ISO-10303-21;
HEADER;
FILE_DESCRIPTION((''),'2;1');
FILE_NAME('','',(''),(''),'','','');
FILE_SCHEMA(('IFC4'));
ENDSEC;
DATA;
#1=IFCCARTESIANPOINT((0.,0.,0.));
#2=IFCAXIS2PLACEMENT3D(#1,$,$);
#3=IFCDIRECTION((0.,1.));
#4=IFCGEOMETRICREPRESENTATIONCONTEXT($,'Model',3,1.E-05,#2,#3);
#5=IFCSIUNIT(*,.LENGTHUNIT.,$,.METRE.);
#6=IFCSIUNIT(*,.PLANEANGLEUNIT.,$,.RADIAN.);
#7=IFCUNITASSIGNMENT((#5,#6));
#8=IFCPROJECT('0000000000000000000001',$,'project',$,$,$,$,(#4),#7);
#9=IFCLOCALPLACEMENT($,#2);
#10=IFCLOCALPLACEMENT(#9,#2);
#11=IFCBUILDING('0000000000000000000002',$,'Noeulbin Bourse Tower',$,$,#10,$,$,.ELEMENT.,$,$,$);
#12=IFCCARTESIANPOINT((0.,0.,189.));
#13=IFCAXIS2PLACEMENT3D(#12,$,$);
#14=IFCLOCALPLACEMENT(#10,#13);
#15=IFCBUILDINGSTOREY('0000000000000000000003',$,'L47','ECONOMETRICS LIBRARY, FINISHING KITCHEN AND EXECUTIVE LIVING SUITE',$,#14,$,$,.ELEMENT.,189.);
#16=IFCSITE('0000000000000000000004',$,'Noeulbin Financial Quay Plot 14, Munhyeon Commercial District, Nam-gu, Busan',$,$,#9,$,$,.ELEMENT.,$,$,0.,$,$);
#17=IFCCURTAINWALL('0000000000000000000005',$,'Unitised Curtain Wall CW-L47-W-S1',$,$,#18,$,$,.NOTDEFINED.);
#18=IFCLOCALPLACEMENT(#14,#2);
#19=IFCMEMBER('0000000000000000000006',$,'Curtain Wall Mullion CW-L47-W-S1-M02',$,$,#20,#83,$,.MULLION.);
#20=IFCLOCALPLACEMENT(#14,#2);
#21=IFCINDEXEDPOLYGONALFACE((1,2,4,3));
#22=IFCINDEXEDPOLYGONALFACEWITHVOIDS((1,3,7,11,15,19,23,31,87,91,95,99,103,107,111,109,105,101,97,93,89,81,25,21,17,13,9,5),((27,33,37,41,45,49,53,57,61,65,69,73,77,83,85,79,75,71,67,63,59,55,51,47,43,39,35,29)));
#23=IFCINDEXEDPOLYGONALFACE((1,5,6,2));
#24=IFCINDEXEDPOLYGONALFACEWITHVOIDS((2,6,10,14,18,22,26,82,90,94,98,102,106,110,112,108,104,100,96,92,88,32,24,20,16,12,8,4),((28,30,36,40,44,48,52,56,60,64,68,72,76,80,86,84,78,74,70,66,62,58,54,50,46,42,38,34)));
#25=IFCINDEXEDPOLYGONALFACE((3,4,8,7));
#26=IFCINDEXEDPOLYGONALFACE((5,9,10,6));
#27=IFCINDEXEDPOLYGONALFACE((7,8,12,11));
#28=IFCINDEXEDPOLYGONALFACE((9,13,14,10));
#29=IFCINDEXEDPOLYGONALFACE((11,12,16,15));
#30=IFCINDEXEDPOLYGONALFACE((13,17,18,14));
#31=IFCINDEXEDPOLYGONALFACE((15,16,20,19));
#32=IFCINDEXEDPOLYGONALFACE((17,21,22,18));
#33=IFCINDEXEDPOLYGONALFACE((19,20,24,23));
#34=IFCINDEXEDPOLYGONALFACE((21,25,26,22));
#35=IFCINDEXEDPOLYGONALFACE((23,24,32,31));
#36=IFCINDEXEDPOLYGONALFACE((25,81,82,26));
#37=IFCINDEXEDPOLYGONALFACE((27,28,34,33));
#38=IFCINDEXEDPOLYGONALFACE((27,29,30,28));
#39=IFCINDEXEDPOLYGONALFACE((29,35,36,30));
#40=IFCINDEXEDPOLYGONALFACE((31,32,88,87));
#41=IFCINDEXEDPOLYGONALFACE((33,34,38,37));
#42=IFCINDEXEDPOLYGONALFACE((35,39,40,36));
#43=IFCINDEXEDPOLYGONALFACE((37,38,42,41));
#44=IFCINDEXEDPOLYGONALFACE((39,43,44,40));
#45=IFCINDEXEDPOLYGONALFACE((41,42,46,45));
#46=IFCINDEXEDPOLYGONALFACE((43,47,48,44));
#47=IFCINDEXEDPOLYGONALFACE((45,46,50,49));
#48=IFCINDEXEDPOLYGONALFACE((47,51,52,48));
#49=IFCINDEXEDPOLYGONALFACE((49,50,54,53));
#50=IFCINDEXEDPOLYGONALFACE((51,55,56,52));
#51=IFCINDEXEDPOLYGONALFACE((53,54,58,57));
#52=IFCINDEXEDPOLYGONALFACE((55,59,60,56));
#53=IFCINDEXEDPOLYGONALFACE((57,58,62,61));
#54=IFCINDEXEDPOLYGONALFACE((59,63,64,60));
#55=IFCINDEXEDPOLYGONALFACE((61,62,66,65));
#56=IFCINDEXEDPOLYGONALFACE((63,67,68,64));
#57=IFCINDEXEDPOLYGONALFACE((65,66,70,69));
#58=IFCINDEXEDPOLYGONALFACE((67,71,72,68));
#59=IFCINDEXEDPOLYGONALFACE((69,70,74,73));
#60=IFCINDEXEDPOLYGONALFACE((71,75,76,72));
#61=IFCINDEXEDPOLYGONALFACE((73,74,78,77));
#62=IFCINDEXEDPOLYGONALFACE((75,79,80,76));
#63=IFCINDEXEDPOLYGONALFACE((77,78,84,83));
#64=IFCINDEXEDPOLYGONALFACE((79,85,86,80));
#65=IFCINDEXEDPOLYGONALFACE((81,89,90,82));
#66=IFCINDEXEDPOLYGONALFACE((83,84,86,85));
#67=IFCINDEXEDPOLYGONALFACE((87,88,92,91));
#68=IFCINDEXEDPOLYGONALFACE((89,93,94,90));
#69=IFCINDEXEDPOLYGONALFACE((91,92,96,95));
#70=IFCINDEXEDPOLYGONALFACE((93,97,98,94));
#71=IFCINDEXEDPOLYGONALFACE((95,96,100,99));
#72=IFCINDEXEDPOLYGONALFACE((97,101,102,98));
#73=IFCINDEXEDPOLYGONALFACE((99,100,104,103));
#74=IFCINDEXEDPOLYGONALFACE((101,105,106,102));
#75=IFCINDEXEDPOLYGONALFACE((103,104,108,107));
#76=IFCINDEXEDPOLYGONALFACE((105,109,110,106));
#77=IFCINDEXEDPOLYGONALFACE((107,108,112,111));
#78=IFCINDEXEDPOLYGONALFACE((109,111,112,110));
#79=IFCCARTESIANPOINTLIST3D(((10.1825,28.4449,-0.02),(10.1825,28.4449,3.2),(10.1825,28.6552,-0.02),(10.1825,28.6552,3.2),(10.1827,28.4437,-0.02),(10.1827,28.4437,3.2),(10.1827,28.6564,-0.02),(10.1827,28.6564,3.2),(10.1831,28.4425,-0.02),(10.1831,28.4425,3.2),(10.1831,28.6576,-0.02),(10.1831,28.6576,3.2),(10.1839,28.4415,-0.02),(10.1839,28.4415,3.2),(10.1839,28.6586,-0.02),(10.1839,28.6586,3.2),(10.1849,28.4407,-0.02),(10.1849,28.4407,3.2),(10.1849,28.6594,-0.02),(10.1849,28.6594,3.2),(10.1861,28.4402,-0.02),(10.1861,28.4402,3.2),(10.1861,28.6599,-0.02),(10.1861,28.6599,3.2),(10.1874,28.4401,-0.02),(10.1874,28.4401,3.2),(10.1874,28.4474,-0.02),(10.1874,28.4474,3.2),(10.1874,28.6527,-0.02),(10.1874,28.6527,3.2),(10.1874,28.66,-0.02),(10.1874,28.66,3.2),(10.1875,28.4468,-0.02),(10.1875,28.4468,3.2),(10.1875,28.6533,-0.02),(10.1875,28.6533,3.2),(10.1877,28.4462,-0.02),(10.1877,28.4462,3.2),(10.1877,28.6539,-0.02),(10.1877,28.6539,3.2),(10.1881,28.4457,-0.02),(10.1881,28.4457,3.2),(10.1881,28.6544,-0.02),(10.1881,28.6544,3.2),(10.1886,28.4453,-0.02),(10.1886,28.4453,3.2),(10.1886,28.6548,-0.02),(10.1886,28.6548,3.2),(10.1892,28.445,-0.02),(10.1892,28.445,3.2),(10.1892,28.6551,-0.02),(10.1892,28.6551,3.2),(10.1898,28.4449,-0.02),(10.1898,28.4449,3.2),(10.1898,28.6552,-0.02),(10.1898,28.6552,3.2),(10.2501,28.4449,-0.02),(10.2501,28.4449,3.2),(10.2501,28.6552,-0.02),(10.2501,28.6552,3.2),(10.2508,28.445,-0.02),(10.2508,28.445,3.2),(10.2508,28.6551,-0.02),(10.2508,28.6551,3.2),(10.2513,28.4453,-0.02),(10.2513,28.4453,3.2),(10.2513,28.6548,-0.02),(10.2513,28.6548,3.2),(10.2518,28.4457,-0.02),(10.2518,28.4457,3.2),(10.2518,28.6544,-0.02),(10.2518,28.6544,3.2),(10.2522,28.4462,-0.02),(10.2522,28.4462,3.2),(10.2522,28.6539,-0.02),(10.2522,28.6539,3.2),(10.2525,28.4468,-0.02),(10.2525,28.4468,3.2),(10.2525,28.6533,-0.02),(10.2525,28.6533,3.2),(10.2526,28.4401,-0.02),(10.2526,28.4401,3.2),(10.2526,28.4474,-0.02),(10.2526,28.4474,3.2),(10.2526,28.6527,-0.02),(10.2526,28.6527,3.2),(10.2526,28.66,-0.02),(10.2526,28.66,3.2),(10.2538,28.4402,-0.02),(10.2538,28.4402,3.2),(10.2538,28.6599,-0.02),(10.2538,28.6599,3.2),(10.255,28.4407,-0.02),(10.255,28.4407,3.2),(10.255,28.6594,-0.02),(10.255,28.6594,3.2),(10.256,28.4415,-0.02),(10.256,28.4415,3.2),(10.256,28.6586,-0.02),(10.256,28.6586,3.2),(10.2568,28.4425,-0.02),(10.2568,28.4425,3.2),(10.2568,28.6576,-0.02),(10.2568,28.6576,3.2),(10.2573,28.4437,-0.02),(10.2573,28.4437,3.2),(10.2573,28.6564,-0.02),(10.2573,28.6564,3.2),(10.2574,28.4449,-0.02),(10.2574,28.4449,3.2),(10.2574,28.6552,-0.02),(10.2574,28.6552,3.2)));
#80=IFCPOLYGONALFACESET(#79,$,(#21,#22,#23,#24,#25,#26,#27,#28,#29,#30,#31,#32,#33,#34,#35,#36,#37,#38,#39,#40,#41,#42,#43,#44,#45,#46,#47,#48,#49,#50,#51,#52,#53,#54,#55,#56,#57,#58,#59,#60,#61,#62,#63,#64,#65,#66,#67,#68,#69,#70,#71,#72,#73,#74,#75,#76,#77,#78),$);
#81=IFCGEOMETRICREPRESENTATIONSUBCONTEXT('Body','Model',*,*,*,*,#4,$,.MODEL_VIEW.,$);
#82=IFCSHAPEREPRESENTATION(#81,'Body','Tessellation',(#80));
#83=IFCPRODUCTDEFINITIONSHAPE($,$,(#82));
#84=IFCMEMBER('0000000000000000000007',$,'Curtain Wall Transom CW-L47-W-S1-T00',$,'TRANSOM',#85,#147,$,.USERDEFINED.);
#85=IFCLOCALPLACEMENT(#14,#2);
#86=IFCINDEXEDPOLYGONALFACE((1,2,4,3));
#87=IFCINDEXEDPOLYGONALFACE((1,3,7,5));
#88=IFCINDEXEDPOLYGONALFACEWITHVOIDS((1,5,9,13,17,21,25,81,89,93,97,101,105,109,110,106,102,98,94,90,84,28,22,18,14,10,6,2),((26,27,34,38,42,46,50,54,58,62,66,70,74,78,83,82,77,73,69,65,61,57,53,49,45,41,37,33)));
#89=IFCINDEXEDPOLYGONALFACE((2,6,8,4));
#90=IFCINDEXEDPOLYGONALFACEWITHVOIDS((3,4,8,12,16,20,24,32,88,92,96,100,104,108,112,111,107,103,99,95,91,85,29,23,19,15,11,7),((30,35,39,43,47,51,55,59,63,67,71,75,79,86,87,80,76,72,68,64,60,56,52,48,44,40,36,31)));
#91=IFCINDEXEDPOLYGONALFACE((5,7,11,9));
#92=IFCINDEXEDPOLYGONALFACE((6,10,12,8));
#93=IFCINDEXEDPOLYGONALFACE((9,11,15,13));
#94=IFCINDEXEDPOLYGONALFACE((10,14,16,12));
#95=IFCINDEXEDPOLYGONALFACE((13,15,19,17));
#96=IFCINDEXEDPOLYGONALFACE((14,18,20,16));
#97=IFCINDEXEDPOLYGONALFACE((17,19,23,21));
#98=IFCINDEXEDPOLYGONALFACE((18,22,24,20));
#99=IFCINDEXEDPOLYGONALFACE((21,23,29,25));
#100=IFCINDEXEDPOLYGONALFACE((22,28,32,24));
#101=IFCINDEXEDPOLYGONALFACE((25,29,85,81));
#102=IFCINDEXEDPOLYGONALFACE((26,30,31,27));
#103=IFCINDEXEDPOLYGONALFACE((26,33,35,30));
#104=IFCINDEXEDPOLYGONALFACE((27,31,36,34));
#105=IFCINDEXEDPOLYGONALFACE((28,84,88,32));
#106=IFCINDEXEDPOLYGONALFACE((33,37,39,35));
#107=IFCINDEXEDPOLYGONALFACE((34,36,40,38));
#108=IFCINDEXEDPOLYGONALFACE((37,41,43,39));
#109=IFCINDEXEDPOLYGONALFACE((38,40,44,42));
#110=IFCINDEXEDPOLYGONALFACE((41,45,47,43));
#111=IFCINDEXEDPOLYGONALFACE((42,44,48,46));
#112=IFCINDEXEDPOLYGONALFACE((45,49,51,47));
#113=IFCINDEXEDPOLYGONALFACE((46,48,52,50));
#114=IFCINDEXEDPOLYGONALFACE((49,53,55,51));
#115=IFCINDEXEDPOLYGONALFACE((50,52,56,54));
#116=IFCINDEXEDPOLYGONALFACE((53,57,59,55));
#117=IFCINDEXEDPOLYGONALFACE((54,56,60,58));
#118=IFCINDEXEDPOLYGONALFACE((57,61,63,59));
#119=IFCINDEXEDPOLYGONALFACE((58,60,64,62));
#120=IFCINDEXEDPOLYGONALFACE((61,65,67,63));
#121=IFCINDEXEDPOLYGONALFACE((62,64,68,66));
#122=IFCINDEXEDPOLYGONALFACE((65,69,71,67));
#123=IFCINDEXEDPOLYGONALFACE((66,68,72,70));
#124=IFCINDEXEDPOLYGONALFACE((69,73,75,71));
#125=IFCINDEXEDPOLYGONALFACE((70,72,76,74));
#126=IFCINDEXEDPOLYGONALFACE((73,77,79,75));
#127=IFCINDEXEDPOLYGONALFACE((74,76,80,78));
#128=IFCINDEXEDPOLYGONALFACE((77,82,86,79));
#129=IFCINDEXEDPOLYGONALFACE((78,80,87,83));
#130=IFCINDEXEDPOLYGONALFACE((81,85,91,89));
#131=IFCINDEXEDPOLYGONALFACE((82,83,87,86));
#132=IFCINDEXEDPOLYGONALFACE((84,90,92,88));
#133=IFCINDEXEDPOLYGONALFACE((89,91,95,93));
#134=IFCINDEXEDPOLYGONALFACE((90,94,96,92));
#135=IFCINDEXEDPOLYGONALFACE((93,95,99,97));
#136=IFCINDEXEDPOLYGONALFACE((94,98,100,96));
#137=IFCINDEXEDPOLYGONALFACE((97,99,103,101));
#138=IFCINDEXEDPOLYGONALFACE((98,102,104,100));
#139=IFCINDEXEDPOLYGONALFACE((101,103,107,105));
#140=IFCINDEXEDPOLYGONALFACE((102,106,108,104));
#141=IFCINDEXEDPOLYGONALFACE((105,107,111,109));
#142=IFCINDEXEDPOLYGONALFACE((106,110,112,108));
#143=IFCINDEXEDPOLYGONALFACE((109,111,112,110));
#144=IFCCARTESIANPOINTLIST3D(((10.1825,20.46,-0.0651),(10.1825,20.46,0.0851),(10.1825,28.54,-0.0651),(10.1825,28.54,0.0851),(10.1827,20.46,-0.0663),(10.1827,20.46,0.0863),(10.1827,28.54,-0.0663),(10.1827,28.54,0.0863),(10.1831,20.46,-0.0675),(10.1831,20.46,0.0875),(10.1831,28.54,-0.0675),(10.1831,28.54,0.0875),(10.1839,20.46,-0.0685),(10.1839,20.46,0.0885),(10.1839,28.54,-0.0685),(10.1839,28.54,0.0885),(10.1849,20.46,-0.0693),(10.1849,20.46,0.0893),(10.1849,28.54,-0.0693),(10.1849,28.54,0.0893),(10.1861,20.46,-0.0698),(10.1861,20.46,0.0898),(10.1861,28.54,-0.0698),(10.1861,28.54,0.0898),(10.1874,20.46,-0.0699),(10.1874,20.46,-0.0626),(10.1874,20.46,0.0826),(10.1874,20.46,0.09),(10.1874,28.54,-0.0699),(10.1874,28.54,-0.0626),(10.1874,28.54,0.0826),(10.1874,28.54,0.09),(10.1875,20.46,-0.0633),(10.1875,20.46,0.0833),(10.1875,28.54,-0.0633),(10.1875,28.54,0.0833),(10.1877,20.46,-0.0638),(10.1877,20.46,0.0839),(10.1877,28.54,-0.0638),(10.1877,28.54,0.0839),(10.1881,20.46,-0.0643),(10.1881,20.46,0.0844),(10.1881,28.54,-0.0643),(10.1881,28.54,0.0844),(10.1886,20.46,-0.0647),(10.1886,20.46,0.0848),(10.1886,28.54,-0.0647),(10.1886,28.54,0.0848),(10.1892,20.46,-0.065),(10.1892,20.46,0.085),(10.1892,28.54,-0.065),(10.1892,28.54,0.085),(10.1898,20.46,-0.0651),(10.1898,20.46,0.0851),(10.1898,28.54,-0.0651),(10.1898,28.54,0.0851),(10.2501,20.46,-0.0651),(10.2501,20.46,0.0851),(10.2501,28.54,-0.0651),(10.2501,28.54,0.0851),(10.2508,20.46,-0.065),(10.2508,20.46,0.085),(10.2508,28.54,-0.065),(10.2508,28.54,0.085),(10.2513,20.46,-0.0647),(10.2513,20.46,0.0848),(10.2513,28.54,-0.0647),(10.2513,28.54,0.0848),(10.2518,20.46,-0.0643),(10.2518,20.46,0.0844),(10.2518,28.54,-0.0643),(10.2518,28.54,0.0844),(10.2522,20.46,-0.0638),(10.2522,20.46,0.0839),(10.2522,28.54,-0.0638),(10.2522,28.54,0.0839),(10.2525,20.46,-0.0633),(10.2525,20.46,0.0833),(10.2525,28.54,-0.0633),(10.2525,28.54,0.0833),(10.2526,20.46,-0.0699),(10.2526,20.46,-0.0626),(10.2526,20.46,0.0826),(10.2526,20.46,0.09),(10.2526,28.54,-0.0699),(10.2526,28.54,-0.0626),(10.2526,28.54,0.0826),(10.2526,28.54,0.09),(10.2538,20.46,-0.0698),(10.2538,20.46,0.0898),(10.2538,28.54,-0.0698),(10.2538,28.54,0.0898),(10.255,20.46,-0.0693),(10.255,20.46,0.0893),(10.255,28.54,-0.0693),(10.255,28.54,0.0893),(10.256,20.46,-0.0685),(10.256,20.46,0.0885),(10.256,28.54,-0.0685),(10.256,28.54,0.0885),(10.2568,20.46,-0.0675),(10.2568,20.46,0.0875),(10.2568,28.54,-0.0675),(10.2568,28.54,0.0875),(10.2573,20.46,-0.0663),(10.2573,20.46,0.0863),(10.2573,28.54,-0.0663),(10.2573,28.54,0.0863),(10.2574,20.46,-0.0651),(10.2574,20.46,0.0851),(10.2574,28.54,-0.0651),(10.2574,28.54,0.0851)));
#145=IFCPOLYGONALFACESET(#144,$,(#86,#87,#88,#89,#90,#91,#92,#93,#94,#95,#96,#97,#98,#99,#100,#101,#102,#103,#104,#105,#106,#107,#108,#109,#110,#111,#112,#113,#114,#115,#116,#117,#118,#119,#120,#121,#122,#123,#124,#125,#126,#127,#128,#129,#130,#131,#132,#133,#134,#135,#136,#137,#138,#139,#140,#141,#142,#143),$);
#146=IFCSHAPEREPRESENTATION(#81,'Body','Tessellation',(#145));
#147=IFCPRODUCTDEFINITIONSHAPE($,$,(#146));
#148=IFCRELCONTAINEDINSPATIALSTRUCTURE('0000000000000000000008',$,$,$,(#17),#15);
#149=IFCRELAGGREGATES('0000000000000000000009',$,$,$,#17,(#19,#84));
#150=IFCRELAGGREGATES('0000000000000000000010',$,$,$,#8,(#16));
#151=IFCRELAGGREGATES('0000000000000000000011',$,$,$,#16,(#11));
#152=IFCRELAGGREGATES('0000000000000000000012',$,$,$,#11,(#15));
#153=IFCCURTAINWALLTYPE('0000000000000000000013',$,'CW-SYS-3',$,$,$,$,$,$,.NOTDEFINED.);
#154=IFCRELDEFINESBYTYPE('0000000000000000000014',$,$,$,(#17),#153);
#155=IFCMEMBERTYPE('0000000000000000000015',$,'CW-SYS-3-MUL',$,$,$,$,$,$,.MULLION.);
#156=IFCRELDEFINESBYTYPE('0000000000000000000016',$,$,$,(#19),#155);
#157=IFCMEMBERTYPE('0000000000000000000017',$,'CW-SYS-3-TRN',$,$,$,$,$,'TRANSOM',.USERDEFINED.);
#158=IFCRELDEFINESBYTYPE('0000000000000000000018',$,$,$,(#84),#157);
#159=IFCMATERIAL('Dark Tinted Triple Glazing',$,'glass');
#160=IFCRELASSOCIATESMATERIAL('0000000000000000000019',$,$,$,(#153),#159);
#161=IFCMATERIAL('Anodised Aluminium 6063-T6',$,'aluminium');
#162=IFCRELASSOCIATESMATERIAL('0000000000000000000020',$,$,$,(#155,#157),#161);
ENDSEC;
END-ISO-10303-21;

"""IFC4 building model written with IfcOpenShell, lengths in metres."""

from ifc_helpers import new_model, si_unit, direction, frame, origin, origin_2d, place, context, subcontext, project, spatial, hollow_rectangle, extrude, material, material_profile, profile_set, type_object, element, aggregate, save


model = new_model("IFC4")

# Units and contexts
model_context = context("Model", 3, precision=1e-05, world=origin(), true_north=direction((0.0, 1.0)))
body_context = subcontext(model_context, "Body", "Model", "MODEL_VIEW")
ifc_project = project(units=[si_unit("LENGTHUNIT", "METRE"), si_unit("PLANEANGLEUNIT", "RADIAN")], contexts=[model_context])

# Site, building, storey
site_placement = place(None, origin())
site = spatial("IfcSite", under=ifc_project, at=site_placement, Name="Noeulbin Financial Quay Plot 14, Munhyeon Commercial District, Nam-gu, Busan", CompositionType="ELEMENT", RefElevation=0.0)
building_placement = place(site_placement, origin())
building = spatial("IfcBuilding", under=site, at=building_placement, Name="Noeulbin Bourse Tower", CompositionType="ELEMENT")
storey_placement = place(building_placement, frame((0.0, 0.0, 189.0)))
storey = spatial("IfcBuildingStorey", under=building, at=storey_placement, Name="L47", Description="ECONOMETRICS LIBRARY, FINISHING KITCHEN AND EXECUTIVE LIVING SUITE", CompositionType="ELEMENT", Elevation=189.0)

# Curtain wall, members
ifc_material_1 = material(Name="Dark Tinted Triple Glazing", Category="glass")
curtain_wall_type = type_object("IfcCurtainWallType", Name="CW-SYS-3", PredefinedType="NOTDEFINED", material=ifc_material_1)
curtain_wall_placement = place(storey_placement, origin())
curtain_wall = element("IfcCurtainWall", 1, at=curtain_wall_placement, inside=storey, type_object=curtain_wall_type, Name="Unitised Curtain Wall CW-L47-W-S1", PredefinedType="NOTDEFINED")
ifc_material_2 = material(Name="Anodised Aluminium 6063-T6", Category="aluminium")
ifc_material_profile_1 = material_profile(ifc_material_2, hollow_rectangle(XDim=0.075, YDim=0.22, WallThickness=0.0049, InnerFilletRadius=0.0024, OuterFilletRadius=0.0049, at=origin_2d()), Name="ALU-MULL-75x220x5", Category="LoadBearing")
ifc_profile_set_1 = profile_set([ifc_material_profile_1], Name="Anodised Aluminium 6063-T6")
member_type_1 = type_object("IfcMemberType", Name="CW-SYS-3-MUL", PredefinedType="MULLION", material=ifc_profile_set_1)
member_1_placement = place(storey_placement, frame((10.22, 28.55, -0.02), z_axis=(0.0, 0.0, 1.0), x_axis=(1.0, 0.0, 0.0)))
member_1 = element("IfcMember", 2, at=member_1_placement, type_object=member_type_1, Name="Curtain Wall Mullion CW-L47-W-S1-M02", PredefinedType="MULLION", context=body_context, shape_type="SweptSolid", body=[
    extrude(hollow_rectangle(XDim=0.075, YDim=0.22, WallThickness=0.0049, InnerFilletRadius=0.0024, OuterFilletRadius=0.0049, at=origin_2d()), origin(), (0.0, 0.0, 1.0), 3.22),
])
ifc_material_profile_2 = material_profile(ifc_material_2, hollow_rectangle(XDim=0.075, YDim=0.1599, WallThickness=0.0049, InnerFilletRadius=0.0024, OuterFilletRadius=0.0049, at=origin_2d()), Name="ALU-TRAN-75x160x5", Category="LoadBearing")
ifc_profile_set_2 = profile_set([ifc_material_profile_2], Name="Anodised Aluminium 6063-T6")
member_type_2 = type_object("IfcMemberType", Name="CW-SYS-3-TRN", ElementType="TRANSOM", PredefinedType="USERDEFINED", material=ifc_profile_set_2)
member_2_placement = place(storey_placement, frame((10.22, 20.46, 0.01), z_axis=(0.0, 1.0, 0.0), x_axis=(-1.0, 0.0, 0.0)))
member_2 = element("IfcMember", 3, at=member_2_placement, type_object=member_type_2, Name="Curtain Wall Transom CW-L47-W-S1-T00", ObjectType="TRANSOM", PredefinedType="USERDEFINED", context=body_context, shape_type="SweptSolid", body=[
    extrude(hollow_rectangle(XDim=0.075, YDim=0.1599, WallThickness=0.0049, InnerFilletRadius=0.0024, OuterFilletRadius=0.0049, at=origin_2d()), origin(), (0.0, 0.0, 1.0), 8.0801),
])
aggregate(curtain_wall, [member_1, member_2])

save(model, "model.ifc")
